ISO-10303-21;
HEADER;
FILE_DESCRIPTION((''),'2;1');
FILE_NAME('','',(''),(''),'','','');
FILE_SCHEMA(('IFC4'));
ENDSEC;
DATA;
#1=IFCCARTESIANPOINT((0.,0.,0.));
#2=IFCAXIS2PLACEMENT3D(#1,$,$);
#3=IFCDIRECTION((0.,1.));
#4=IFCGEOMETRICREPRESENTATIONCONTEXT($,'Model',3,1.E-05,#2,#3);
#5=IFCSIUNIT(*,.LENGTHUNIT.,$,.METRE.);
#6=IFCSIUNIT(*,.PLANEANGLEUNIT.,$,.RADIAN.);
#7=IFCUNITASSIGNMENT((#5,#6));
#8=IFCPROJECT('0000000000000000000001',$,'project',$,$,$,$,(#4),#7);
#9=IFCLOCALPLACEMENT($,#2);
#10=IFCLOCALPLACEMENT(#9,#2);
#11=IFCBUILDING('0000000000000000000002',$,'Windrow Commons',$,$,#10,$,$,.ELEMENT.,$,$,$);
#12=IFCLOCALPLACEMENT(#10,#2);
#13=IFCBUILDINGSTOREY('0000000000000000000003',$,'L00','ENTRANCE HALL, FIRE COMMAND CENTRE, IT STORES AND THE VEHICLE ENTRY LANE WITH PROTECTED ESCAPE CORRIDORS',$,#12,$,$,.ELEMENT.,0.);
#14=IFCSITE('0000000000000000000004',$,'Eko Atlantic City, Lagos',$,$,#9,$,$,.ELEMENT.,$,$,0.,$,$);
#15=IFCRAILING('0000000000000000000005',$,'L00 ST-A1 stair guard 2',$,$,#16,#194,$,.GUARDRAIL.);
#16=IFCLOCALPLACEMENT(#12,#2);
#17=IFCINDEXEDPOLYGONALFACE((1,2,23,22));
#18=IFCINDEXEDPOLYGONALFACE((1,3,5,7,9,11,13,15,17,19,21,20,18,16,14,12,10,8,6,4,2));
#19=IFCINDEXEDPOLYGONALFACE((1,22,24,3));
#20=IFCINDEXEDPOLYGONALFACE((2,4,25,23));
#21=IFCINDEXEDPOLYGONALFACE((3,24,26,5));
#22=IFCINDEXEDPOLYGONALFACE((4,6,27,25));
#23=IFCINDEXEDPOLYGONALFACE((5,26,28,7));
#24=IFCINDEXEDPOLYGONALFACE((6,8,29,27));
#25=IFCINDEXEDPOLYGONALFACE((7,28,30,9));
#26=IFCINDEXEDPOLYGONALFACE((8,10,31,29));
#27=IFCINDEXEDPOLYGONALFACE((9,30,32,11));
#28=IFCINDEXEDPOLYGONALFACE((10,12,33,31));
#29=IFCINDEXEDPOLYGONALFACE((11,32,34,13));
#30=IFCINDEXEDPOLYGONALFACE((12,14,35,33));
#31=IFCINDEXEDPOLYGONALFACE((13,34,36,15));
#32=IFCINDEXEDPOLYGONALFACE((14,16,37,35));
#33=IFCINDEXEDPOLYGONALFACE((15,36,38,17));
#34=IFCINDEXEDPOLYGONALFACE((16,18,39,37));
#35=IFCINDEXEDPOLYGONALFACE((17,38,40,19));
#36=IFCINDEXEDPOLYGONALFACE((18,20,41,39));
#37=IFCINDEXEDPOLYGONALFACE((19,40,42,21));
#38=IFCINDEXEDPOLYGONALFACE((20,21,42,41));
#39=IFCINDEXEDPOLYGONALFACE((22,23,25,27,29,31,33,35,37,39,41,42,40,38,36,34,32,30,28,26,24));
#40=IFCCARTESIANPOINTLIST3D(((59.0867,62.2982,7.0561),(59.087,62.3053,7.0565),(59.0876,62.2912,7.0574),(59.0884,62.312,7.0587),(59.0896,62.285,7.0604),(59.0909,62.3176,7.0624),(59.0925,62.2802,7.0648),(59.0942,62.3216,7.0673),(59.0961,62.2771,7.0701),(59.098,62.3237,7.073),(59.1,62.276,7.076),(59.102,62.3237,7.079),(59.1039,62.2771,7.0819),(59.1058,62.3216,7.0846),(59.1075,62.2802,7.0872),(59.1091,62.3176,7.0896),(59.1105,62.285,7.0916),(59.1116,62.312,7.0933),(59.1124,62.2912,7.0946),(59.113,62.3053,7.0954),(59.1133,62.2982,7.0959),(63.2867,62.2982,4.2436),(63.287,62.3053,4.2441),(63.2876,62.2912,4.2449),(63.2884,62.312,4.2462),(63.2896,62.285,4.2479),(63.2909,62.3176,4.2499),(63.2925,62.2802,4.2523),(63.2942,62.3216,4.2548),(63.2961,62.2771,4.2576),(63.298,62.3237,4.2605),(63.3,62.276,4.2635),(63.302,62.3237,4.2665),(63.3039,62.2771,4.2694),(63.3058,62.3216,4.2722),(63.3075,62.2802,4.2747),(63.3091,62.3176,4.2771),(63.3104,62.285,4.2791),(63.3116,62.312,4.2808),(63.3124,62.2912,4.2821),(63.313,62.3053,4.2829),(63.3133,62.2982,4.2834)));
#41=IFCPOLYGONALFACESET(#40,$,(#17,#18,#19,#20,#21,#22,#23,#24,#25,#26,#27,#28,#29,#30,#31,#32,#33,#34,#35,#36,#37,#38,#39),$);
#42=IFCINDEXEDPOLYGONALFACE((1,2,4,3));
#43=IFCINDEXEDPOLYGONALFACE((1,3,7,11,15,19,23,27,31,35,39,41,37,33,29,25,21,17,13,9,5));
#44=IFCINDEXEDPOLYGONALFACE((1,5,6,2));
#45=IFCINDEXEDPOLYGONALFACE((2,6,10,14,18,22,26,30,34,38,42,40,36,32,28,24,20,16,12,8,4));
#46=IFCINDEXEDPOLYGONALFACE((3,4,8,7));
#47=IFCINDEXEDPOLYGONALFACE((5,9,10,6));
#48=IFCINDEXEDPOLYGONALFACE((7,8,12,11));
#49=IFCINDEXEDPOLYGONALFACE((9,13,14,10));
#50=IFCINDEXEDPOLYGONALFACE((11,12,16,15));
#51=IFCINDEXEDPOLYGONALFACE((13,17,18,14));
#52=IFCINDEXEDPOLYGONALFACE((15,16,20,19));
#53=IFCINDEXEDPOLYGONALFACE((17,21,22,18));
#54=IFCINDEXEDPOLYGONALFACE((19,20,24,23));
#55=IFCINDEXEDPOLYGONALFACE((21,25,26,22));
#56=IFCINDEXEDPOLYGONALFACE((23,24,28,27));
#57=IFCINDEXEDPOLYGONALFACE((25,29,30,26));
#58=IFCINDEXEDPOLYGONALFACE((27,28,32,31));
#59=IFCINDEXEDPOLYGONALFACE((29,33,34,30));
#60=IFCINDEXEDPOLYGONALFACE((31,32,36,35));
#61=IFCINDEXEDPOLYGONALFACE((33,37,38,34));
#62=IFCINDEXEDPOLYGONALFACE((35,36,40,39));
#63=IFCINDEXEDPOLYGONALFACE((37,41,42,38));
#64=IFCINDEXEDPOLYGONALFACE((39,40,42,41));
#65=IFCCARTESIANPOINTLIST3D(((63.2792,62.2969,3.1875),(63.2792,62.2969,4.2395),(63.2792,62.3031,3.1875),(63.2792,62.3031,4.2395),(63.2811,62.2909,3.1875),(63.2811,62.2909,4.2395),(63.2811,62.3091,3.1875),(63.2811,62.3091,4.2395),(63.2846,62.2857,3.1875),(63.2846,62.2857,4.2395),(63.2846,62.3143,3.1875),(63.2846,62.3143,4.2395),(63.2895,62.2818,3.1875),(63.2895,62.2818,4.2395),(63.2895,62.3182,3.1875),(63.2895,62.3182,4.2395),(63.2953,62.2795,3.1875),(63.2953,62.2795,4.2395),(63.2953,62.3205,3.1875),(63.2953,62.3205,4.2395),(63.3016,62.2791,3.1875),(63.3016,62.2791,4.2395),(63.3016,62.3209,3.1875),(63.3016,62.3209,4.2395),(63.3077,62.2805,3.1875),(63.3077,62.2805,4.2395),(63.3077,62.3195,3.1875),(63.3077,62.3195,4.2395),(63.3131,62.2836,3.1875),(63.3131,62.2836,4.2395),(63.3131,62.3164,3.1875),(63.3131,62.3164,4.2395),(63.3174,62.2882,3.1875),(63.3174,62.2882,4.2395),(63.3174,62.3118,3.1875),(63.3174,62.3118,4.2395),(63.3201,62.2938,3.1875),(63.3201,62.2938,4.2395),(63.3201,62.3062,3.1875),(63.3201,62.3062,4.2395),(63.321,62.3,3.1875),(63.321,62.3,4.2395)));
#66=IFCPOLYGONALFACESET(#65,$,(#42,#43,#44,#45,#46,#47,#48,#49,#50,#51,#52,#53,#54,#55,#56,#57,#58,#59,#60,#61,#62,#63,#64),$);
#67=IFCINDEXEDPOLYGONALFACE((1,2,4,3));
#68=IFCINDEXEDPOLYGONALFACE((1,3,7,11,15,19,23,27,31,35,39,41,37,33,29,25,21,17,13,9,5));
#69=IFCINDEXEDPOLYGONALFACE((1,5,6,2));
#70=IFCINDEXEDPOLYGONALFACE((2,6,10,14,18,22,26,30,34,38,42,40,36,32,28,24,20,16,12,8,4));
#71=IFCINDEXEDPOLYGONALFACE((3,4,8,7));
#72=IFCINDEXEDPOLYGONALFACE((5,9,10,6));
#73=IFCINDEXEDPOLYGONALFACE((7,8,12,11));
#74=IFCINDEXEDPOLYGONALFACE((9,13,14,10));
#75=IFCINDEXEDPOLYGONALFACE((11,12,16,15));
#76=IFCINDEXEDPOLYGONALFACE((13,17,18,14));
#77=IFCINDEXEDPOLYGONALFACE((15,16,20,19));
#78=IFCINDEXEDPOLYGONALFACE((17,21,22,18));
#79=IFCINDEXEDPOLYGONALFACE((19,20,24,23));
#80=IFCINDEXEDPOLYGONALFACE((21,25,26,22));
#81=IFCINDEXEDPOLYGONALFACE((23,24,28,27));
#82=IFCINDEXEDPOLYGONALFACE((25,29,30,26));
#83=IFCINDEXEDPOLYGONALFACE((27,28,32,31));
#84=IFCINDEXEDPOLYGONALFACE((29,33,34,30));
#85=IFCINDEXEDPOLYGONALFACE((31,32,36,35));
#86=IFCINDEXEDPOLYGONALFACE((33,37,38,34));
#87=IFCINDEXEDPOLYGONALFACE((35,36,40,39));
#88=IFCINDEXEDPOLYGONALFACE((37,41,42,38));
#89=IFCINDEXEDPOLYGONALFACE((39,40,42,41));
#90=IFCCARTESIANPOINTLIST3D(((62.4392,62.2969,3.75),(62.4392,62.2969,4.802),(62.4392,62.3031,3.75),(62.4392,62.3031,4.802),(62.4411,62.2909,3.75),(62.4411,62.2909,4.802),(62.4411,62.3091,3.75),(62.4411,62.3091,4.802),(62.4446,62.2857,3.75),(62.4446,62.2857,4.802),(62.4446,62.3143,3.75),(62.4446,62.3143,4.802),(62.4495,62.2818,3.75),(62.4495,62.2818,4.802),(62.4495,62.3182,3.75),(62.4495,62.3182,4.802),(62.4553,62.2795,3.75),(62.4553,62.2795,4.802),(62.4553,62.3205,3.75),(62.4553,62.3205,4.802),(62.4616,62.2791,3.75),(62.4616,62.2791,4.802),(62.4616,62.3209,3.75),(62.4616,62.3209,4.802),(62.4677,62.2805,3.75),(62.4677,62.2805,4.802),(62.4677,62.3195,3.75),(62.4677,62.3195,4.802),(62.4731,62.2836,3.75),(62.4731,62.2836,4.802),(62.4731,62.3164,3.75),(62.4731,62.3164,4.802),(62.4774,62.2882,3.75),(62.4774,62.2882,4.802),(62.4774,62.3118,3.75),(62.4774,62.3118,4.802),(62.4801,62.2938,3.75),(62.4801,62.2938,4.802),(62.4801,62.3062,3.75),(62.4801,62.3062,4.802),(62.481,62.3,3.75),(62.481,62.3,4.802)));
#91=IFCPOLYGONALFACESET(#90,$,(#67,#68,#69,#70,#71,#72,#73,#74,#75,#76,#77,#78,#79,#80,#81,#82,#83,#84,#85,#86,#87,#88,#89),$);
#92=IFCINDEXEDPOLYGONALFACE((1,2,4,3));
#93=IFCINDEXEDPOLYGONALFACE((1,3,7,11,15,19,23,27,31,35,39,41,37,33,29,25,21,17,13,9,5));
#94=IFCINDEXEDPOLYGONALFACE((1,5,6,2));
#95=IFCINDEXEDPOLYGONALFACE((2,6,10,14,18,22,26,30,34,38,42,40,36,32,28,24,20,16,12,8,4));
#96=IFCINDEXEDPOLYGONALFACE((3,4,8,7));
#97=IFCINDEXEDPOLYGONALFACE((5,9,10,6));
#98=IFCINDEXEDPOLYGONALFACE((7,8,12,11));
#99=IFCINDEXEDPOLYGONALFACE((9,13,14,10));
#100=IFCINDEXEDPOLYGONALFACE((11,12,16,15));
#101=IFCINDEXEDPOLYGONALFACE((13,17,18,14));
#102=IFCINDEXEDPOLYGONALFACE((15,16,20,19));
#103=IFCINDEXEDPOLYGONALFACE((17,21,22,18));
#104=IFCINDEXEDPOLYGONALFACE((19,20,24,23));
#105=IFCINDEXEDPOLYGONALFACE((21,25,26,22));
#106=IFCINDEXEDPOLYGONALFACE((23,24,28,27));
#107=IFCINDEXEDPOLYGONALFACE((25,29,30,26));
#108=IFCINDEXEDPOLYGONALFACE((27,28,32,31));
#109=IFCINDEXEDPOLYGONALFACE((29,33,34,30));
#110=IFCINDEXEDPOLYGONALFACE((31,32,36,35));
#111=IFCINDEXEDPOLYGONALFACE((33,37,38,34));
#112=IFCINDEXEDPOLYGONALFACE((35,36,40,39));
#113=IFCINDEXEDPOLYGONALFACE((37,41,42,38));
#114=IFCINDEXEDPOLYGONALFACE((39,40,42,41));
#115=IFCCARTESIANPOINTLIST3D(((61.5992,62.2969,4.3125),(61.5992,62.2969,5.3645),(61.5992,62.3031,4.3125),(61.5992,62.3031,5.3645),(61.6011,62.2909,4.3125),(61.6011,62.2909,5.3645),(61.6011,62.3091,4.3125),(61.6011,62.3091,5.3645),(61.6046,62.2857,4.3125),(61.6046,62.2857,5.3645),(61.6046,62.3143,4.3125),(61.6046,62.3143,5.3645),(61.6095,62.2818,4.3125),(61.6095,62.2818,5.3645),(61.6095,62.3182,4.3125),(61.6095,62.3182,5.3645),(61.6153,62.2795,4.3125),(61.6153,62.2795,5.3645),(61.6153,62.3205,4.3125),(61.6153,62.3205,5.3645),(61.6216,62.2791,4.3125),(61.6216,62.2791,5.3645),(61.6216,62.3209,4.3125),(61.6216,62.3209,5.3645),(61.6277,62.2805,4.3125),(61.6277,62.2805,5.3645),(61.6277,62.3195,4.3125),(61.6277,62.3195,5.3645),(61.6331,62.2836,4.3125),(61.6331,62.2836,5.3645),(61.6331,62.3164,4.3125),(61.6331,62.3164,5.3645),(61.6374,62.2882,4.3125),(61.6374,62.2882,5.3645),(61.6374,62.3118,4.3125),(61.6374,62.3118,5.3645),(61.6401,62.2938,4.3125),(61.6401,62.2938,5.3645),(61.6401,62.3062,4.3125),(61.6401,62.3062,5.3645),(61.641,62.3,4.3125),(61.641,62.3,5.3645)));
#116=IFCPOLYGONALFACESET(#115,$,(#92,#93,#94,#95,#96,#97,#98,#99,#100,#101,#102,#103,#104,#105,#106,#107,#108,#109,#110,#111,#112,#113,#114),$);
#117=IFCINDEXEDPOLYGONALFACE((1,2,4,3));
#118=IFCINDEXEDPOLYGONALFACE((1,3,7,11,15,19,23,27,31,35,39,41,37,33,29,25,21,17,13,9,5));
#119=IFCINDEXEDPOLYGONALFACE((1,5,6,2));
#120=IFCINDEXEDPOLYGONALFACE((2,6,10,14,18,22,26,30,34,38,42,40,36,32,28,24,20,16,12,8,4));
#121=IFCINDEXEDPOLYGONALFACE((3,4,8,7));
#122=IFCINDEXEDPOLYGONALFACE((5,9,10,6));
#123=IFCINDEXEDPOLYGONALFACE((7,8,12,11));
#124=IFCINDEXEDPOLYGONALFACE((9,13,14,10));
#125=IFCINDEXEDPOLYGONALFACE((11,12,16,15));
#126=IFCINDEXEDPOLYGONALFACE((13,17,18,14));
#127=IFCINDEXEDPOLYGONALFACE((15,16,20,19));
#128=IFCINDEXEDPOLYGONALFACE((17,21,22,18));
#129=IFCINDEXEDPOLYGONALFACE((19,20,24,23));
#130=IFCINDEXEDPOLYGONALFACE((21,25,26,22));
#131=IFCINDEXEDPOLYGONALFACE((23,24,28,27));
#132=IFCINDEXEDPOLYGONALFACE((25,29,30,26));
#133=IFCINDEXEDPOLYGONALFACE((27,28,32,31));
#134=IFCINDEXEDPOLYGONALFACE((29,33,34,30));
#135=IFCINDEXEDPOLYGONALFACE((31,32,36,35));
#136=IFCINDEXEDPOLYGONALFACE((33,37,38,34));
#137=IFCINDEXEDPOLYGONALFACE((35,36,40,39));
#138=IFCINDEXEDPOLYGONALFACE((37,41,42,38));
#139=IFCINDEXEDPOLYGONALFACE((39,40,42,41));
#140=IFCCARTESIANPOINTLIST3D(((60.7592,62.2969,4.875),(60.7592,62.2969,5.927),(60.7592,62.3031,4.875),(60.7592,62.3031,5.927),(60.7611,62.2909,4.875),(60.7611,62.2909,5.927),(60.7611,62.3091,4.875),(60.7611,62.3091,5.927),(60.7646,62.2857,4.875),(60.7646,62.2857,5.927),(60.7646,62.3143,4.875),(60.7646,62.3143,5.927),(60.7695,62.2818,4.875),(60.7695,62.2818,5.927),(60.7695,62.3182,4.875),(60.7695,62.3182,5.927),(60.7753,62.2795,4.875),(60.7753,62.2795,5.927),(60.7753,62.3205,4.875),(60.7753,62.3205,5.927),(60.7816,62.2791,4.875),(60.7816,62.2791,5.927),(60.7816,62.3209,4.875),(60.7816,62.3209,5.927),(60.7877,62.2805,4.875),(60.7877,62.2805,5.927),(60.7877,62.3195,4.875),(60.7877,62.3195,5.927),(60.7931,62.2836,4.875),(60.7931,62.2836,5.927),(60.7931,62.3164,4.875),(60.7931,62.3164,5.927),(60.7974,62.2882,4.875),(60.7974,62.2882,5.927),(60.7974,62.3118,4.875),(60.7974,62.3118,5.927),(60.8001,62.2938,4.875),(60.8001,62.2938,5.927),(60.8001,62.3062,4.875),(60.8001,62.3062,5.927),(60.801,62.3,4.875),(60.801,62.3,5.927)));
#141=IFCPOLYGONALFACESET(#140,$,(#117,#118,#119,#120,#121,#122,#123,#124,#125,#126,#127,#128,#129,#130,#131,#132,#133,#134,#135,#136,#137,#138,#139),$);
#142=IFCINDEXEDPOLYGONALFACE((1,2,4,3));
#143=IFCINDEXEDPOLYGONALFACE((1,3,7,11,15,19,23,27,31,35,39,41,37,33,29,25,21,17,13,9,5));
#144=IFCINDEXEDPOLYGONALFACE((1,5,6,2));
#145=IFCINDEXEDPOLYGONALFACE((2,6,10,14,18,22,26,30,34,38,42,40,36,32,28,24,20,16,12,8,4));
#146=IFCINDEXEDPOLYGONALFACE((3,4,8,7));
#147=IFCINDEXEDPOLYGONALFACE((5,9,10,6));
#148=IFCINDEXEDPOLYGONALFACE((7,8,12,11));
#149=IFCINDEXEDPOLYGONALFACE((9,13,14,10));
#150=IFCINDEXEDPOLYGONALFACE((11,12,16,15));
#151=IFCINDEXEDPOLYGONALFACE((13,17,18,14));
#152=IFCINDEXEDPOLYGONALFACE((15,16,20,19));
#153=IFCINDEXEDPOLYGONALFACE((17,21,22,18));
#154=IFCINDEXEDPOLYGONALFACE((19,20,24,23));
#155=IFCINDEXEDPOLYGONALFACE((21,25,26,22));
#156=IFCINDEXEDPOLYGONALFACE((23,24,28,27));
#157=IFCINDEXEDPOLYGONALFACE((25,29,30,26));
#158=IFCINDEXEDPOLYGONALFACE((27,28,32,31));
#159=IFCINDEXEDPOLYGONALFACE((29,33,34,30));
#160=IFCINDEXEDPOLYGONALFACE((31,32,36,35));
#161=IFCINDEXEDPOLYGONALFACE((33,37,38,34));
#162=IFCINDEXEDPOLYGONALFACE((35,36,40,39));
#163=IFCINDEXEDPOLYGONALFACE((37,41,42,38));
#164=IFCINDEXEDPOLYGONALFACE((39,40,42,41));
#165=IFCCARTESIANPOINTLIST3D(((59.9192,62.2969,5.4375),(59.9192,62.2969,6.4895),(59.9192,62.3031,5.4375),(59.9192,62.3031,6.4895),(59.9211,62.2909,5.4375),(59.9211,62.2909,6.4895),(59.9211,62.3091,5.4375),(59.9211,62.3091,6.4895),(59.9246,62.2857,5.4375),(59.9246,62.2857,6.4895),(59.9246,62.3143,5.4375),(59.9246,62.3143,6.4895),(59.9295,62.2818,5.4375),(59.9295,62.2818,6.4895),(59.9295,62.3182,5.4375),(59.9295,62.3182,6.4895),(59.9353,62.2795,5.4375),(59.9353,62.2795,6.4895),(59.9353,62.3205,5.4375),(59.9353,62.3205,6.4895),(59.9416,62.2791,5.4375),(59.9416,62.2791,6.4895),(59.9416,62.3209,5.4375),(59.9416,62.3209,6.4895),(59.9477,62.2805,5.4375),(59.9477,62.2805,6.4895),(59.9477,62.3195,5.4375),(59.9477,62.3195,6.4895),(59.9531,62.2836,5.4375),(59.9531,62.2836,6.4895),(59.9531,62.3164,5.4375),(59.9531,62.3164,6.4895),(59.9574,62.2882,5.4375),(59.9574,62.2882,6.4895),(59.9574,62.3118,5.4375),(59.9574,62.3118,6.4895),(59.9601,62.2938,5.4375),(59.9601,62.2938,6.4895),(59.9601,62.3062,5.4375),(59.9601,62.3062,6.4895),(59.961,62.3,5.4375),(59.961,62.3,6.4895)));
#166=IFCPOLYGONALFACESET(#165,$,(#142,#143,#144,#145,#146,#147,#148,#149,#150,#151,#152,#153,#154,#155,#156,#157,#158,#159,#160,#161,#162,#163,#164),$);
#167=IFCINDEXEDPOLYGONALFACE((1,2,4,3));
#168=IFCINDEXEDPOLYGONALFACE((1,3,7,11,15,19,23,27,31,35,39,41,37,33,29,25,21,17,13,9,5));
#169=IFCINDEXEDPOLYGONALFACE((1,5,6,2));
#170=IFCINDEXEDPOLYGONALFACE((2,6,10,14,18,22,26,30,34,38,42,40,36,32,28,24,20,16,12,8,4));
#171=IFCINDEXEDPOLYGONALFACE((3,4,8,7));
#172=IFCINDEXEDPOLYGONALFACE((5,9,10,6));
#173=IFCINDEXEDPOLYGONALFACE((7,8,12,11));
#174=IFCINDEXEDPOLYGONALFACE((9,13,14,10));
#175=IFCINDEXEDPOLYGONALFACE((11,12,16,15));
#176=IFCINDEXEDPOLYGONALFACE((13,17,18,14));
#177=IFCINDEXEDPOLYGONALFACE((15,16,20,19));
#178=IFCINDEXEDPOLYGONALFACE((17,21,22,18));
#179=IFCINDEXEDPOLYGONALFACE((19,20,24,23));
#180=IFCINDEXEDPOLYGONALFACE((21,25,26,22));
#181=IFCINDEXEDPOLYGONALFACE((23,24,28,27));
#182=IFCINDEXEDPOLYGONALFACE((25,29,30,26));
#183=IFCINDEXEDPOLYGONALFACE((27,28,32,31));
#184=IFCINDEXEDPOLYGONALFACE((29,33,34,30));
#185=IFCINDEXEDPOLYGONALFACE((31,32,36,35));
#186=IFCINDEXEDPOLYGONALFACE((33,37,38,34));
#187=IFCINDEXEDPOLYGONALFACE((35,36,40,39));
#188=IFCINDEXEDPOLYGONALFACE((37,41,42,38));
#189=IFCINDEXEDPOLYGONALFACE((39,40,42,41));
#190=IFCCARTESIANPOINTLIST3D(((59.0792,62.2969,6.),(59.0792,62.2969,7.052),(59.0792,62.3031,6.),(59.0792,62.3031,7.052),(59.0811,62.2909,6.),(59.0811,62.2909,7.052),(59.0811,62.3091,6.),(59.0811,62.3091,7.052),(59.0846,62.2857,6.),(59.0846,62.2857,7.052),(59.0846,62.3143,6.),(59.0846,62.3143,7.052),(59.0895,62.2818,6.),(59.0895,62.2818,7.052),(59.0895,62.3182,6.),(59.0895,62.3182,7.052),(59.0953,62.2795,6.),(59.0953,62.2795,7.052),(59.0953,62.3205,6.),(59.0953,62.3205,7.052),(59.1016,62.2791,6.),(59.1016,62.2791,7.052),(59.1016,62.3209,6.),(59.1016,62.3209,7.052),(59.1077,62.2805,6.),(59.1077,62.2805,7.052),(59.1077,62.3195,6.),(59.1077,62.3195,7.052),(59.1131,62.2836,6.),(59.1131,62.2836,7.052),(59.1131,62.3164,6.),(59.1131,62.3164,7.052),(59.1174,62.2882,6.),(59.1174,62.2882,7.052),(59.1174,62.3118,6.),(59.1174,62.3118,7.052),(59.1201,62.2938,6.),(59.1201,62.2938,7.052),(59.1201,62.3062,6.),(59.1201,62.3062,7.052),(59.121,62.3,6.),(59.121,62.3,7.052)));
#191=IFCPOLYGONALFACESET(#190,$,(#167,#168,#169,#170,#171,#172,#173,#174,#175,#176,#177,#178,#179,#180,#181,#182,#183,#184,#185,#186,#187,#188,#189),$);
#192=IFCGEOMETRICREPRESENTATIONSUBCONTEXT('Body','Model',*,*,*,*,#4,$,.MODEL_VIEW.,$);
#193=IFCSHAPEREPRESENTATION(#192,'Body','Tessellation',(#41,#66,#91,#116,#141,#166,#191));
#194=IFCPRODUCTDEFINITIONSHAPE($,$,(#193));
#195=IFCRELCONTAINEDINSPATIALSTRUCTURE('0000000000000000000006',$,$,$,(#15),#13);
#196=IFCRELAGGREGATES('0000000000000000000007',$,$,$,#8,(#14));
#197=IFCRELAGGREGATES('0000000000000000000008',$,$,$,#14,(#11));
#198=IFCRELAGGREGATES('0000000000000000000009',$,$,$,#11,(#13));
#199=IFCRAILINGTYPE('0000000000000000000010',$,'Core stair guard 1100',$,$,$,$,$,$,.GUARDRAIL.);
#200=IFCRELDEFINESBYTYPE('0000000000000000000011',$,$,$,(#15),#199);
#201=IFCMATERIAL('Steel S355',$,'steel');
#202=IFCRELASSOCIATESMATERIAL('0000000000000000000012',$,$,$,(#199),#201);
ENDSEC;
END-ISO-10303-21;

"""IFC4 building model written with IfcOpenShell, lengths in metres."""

from ifc_helpers import new_model, si_unit, direction, frame, origin, origin_2d, place, context, subcontext, project, spatial, circle, extrude, material, type_object, element, save


model = new_model("IFC4")

# Units and contexts
model_context = context("Model", 3, precision=1e-05, world=origin(), true_north=direction((0.0, 1.0)))
body_context = subcontext(model_context, "Body", "Model", "MODEL_VIEW")
ifc_project = project(units=[si_unit("LENGTHUNIT", "METRE"), si_unit("PLANEANGLEUNIT", "RADIAN")], contexts=[model_context])

# Site, building, storey
site_placement = place(None, origin())
site = spatial("IfcSite", under=ifc_project, at=site_placement, Name="Eko Atlantic City, Lagos", CompositionType="ELEMENT", RefElevation=0.0)
building_placement = place(site_placement, origin())
building = spatial("IfcBuilding", under=site, at=building_placement, Name="Windrow Commons", CompositionType="ELEMENT")
storey_placement = place(building_placement, origin())
storey = spatial("IfcBuildingStorey", under=building, at=storey_placement, Name="L00", Description="ENTRANCE HALL, FIRE COMMAND CENTRE, IT STORES AND THE VEHICLE ENTRY LANE WITH PROTECTED ESCAPE CORRIDORS", CompositionType="ELEMENT", Elevation=0.0)

# Railing
ifc_material_1 = material(Name="Steel S355", Category="steel")
railing_type_1 = type_object("IfcRailingType", Name="Core stair guard 1100", PredefinedType="GUARDRAIL", material=ifc_material_1)
railing_1_placement = place(storey_placement, frame((63.3, 62.3, 3.1875)))
element("IfcRailing", 1, at=railing_1_placement, inside=storey, type_object=railing_type_1, Name="L00 ST-A1 stair guard 2", PredefinedType="GUARDRAIL", context=body_context, shape_type="SweptSolid", body=[
    extrude(circle(Radius=0.024, at=origin_2d()), frame((0.0, 0.0, 1.076), z_axis=(-0.830907, 0.0, 0.556411), x_axis=(0.0, -1.0, 0.0)), (0.0, 0.0, 1.0), 5.0547),
    extrude(circle(Radius=0.021, at=origin_2d()), origin(), (0.0, 0.0, 1.0), 1.052),
    extrude(circle(Radius=0.021, at=origin_2d()), frame((-0.84, 0.0, 0.5625)), (0.0, 0.0, 1.0), 1.052),
    extrude(circle(Radius=0.021, at=origin_2d()), frame((-1.68, 0.0, 1.125)), (0.0, 0.0, 1.0), 1.052),
    extrude(circle(Radius=0.021, at=origin_2d()), frame((-2.52, 0.0, 1.6875)), (0.0, 0.0, 1.0), 1.052),
    extrude(circle(Radius=0.021, at=origin_2d()), frame((-3.36, 0.0, 2.25)), (0.0, 0.0, 1.0), 1.052),
    extrude(circle(Radius=0.021, at=origin_2d()), frame((-4.2, 0.0, 2.8125)), (0.0, 0.0, 1.0), 1.052),
])

save(model, "model.ifc")
